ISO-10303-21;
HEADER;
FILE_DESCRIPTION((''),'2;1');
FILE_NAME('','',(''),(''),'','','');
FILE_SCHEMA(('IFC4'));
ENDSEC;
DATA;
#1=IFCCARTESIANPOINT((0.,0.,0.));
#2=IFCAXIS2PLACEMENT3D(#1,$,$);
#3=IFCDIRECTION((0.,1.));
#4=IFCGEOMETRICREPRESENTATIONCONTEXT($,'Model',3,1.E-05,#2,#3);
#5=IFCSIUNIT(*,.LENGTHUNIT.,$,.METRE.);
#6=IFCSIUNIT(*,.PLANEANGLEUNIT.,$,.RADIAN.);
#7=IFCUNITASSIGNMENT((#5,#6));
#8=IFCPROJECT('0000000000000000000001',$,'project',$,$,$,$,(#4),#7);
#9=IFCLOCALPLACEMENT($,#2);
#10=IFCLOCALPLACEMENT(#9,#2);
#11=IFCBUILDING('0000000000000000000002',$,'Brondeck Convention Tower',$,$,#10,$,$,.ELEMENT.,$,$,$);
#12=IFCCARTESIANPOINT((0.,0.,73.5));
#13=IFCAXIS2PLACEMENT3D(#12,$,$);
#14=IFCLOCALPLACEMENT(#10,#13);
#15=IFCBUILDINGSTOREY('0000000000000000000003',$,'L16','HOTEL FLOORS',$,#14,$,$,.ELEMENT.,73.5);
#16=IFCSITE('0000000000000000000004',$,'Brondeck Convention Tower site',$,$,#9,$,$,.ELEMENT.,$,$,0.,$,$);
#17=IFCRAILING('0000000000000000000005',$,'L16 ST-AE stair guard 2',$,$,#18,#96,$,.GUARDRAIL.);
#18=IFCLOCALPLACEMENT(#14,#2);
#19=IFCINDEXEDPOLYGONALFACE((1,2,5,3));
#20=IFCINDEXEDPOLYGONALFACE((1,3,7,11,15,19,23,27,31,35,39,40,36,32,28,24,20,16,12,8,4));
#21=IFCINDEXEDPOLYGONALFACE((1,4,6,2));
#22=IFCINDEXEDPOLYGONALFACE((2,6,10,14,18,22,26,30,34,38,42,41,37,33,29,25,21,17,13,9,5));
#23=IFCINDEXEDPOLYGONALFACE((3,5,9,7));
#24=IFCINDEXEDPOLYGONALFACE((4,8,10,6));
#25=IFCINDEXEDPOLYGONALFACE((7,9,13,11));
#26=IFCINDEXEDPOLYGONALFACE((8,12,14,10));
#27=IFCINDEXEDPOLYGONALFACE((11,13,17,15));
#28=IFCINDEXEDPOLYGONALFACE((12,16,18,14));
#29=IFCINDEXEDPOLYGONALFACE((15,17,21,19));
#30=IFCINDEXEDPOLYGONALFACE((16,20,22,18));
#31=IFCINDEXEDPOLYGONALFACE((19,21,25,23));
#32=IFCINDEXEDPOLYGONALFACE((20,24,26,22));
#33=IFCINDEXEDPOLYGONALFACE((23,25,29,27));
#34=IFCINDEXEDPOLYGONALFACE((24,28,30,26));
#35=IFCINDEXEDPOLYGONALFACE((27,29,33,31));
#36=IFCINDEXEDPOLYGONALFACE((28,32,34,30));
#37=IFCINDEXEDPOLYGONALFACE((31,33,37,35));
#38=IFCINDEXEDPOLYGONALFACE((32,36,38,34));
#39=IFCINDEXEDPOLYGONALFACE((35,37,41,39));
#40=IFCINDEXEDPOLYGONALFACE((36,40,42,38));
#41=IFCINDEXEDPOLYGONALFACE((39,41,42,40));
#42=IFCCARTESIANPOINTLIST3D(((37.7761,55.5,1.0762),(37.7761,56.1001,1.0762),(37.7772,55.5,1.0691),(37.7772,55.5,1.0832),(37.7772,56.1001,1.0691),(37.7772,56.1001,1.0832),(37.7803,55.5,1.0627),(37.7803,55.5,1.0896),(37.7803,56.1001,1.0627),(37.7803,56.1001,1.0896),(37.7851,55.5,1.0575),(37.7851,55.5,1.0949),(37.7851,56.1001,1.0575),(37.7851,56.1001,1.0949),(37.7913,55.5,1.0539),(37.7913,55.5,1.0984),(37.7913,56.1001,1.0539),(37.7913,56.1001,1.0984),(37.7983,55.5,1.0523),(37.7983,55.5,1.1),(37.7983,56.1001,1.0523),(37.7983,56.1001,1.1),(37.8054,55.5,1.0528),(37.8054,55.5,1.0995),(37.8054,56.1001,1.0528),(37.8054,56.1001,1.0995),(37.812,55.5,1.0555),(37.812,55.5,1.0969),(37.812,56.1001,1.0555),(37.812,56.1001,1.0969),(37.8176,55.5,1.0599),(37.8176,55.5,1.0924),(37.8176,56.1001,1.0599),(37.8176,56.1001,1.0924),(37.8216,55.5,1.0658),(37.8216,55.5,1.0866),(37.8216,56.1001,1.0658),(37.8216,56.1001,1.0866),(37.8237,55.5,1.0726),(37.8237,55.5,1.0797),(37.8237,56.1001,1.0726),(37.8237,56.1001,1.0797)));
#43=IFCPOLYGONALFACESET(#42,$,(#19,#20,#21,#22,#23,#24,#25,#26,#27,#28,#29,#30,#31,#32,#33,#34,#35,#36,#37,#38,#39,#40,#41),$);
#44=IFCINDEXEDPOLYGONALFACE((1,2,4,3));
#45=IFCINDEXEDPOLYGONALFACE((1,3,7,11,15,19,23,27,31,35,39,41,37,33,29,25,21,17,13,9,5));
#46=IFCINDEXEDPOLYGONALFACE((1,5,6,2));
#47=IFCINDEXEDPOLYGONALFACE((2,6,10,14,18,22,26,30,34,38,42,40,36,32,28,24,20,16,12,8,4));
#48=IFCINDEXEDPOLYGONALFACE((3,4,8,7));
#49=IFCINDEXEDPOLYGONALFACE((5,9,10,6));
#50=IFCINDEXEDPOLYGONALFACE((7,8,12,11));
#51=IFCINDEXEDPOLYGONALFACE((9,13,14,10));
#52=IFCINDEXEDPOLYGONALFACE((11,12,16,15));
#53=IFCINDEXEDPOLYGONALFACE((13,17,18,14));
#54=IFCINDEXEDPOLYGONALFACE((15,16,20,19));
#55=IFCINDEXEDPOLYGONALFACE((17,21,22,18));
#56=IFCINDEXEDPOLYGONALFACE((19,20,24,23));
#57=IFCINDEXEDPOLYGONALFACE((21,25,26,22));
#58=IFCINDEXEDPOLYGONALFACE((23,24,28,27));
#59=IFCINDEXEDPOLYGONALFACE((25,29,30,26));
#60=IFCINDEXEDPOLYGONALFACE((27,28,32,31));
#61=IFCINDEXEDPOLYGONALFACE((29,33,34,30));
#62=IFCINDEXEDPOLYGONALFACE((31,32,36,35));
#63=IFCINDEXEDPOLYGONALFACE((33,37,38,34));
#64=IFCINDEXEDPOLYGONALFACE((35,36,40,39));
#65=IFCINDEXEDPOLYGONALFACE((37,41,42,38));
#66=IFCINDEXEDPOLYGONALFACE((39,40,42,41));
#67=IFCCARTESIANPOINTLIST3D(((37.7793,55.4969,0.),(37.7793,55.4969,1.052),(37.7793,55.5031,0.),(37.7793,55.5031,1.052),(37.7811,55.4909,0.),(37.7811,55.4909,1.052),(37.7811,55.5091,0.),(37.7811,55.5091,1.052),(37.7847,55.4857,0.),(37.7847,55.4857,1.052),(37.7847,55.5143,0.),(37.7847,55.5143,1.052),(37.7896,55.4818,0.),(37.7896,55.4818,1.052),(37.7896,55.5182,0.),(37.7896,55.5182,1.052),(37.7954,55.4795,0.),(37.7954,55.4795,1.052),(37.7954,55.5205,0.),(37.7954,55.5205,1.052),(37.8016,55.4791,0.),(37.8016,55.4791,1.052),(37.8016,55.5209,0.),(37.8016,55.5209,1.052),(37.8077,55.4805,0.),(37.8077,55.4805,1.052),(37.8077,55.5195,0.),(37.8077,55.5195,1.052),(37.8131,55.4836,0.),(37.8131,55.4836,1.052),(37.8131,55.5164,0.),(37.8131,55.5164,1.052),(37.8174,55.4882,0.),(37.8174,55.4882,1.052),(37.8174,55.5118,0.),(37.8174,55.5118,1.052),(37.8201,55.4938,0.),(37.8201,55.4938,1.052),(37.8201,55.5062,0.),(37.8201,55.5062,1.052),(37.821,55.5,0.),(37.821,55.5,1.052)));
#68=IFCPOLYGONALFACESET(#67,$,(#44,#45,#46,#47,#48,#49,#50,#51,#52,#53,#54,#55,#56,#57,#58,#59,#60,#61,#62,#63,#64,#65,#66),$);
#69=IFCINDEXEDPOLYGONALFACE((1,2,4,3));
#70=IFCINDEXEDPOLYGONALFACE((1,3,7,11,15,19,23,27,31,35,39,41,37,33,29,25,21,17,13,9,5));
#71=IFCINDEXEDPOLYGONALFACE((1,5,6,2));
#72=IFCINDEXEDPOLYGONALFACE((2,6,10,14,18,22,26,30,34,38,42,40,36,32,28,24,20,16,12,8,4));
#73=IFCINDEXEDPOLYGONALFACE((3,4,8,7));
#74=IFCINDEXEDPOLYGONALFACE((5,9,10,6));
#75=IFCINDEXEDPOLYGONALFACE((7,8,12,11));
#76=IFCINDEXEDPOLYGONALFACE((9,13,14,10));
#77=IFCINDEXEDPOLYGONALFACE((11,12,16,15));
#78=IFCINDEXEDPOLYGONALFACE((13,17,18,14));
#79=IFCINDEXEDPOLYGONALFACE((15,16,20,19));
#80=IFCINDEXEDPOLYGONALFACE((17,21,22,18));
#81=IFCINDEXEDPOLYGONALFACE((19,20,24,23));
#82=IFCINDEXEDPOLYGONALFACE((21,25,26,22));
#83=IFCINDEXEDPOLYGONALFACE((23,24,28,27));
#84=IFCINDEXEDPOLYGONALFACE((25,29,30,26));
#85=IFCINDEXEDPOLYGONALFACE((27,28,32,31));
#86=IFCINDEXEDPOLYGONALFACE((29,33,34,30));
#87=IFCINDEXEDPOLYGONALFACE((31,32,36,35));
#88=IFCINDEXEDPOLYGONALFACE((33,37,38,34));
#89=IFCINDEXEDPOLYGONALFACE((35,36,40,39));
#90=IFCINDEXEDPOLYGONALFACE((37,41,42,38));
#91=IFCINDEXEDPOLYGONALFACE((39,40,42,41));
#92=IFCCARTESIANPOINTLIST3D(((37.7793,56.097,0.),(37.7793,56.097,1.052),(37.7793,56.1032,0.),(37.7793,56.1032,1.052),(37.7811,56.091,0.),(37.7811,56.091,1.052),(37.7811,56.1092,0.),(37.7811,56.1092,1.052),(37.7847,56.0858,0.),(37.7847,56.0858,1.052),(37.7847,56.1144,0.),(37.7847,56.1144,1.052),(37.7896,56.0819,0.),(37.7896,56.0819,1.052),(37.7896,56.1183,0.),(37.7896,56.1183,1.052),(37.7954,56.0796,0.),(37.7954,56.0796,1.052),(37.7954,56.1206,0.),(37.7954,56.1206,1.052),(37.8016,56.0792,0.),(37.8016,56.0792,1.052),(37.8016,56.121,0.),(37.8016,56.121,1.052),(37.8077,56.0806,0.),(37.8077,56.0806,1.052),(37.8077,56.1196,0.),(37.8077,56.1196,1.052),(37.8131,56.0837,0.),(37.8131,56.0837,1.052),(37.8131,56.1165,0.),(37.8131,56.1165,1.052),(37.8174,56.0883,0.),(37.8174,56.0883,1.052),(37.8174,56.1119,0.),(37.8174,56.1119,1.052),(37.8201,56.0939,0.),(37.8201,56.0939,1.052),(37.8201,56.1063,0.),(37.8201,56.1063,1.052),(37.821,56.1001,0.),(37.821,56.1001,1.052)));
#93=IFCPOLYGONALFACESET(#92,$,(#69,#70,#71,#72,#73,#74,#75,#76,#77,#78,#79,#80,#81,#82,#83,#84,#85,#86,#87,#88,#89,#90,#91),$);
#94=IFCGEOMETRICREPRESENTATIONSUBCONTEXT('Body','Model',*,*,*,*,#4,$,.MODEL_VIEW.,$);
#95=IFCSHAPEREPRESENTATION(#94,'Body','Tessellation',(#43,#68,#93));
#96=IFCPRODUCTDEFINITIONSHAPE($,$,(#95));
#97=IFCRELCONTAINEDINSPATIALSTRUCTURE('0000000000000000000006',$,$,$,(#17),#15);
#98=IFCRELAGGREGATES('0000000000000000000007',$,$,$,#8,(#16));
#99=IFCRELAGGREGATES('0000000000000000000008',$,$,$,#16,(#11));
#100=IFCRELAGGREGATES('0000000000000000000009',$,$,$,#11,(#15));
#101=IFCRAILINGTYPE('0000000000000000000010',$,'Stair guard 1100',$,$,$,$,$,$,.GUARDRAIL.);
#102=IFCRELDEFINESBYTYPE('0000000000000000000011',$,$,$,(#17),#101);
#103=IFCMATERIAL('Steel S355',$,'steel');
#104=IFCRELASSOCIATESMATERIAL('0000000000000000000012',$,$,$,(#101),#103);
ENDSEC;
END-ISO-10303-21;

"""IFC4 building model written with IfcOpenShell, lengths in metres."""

from ifc_helpers import new_model, si_unit, direction, frame, origin, origin_2d, place, context, subcontext, project, spatial, circle, extrude, material, type_object, element, save


model = new_model("IFC4")

# Units and contexts
model_context = context("Model", 3, precision=1e-05, world=origin(), true_north=direction((0.0, 1.0)))
body_context = subcontext(model_context, "Body", "Model", "MODEL_VIEW")
ifc_project = project(units=[si_unit("LENGTHUNIT", "METRE"), si_unit("PLANEANGLEUNIT", "RADIAN")], contexts=[model_context])

# Site, building, storey
site_placement = place(None, origin())
site = spatial("IfcSite", under=ifc_project, at=site_placement, Name="Brondeck Convention Tower site", CompositionType="ELEMENT", RefElevation=0.0)
building_placement = place(site_placement, origin())
building = spatial("IfcBuilding", under=site, at=building_placement, Name="Brondeck Convention Tower", CompositionType="ELEMENT")
storey_placement = place(building_placement, frame((0.0, 0.0, 73.5)))
storey = spatial("IfcBuildingStorey", under=building, at=storey_placement, Name="L16", Description="HOTEL FLOORS", CompositionType="ELEMENT", Elevation=73.5)

# Shared definitions
ifc_material_1 = material(Name="Steel S355", Category="steel")

# Railing
railing_type_1 = type_object("IfcRailingType", Name="Stair guard 1100", PredefinedType="GUARDRAIL", material=ifc_material_1)
railing_1_placement = place(storey_placement, frame((37.8, 55.5, 0.0)))
element("IfcRailing", 1, at=railing_1_placement, inside=storey, type_object=railing_type_1, Name="L16 ST-AE stair guard 2", PredefinedType="GUARDRAIL", context=body_context, shape_type="SweptSolid", body=[
    extrude(circle(Radius=0.0239, at=origin_2d()), frame((0.0, 0.0, 1.0762), z_axis=(0.0, 1.0, 0.0), x_axis=(-1.0, 0.0, 0.0)), (0.0, 0.0, 1.0), 0.6001),
    extrude(circle(Radius=0.021, at=origin_2d()), origin(), (0.0, 0.0, 1.0), 1.052),
    extrude(circle(Radius=0.021, at=origin_2d()), frame((0.0, 0.6001, 0.0)), (0.0, 0.0, 1.0), 1.052),
])

save(model, "model.ifc")
